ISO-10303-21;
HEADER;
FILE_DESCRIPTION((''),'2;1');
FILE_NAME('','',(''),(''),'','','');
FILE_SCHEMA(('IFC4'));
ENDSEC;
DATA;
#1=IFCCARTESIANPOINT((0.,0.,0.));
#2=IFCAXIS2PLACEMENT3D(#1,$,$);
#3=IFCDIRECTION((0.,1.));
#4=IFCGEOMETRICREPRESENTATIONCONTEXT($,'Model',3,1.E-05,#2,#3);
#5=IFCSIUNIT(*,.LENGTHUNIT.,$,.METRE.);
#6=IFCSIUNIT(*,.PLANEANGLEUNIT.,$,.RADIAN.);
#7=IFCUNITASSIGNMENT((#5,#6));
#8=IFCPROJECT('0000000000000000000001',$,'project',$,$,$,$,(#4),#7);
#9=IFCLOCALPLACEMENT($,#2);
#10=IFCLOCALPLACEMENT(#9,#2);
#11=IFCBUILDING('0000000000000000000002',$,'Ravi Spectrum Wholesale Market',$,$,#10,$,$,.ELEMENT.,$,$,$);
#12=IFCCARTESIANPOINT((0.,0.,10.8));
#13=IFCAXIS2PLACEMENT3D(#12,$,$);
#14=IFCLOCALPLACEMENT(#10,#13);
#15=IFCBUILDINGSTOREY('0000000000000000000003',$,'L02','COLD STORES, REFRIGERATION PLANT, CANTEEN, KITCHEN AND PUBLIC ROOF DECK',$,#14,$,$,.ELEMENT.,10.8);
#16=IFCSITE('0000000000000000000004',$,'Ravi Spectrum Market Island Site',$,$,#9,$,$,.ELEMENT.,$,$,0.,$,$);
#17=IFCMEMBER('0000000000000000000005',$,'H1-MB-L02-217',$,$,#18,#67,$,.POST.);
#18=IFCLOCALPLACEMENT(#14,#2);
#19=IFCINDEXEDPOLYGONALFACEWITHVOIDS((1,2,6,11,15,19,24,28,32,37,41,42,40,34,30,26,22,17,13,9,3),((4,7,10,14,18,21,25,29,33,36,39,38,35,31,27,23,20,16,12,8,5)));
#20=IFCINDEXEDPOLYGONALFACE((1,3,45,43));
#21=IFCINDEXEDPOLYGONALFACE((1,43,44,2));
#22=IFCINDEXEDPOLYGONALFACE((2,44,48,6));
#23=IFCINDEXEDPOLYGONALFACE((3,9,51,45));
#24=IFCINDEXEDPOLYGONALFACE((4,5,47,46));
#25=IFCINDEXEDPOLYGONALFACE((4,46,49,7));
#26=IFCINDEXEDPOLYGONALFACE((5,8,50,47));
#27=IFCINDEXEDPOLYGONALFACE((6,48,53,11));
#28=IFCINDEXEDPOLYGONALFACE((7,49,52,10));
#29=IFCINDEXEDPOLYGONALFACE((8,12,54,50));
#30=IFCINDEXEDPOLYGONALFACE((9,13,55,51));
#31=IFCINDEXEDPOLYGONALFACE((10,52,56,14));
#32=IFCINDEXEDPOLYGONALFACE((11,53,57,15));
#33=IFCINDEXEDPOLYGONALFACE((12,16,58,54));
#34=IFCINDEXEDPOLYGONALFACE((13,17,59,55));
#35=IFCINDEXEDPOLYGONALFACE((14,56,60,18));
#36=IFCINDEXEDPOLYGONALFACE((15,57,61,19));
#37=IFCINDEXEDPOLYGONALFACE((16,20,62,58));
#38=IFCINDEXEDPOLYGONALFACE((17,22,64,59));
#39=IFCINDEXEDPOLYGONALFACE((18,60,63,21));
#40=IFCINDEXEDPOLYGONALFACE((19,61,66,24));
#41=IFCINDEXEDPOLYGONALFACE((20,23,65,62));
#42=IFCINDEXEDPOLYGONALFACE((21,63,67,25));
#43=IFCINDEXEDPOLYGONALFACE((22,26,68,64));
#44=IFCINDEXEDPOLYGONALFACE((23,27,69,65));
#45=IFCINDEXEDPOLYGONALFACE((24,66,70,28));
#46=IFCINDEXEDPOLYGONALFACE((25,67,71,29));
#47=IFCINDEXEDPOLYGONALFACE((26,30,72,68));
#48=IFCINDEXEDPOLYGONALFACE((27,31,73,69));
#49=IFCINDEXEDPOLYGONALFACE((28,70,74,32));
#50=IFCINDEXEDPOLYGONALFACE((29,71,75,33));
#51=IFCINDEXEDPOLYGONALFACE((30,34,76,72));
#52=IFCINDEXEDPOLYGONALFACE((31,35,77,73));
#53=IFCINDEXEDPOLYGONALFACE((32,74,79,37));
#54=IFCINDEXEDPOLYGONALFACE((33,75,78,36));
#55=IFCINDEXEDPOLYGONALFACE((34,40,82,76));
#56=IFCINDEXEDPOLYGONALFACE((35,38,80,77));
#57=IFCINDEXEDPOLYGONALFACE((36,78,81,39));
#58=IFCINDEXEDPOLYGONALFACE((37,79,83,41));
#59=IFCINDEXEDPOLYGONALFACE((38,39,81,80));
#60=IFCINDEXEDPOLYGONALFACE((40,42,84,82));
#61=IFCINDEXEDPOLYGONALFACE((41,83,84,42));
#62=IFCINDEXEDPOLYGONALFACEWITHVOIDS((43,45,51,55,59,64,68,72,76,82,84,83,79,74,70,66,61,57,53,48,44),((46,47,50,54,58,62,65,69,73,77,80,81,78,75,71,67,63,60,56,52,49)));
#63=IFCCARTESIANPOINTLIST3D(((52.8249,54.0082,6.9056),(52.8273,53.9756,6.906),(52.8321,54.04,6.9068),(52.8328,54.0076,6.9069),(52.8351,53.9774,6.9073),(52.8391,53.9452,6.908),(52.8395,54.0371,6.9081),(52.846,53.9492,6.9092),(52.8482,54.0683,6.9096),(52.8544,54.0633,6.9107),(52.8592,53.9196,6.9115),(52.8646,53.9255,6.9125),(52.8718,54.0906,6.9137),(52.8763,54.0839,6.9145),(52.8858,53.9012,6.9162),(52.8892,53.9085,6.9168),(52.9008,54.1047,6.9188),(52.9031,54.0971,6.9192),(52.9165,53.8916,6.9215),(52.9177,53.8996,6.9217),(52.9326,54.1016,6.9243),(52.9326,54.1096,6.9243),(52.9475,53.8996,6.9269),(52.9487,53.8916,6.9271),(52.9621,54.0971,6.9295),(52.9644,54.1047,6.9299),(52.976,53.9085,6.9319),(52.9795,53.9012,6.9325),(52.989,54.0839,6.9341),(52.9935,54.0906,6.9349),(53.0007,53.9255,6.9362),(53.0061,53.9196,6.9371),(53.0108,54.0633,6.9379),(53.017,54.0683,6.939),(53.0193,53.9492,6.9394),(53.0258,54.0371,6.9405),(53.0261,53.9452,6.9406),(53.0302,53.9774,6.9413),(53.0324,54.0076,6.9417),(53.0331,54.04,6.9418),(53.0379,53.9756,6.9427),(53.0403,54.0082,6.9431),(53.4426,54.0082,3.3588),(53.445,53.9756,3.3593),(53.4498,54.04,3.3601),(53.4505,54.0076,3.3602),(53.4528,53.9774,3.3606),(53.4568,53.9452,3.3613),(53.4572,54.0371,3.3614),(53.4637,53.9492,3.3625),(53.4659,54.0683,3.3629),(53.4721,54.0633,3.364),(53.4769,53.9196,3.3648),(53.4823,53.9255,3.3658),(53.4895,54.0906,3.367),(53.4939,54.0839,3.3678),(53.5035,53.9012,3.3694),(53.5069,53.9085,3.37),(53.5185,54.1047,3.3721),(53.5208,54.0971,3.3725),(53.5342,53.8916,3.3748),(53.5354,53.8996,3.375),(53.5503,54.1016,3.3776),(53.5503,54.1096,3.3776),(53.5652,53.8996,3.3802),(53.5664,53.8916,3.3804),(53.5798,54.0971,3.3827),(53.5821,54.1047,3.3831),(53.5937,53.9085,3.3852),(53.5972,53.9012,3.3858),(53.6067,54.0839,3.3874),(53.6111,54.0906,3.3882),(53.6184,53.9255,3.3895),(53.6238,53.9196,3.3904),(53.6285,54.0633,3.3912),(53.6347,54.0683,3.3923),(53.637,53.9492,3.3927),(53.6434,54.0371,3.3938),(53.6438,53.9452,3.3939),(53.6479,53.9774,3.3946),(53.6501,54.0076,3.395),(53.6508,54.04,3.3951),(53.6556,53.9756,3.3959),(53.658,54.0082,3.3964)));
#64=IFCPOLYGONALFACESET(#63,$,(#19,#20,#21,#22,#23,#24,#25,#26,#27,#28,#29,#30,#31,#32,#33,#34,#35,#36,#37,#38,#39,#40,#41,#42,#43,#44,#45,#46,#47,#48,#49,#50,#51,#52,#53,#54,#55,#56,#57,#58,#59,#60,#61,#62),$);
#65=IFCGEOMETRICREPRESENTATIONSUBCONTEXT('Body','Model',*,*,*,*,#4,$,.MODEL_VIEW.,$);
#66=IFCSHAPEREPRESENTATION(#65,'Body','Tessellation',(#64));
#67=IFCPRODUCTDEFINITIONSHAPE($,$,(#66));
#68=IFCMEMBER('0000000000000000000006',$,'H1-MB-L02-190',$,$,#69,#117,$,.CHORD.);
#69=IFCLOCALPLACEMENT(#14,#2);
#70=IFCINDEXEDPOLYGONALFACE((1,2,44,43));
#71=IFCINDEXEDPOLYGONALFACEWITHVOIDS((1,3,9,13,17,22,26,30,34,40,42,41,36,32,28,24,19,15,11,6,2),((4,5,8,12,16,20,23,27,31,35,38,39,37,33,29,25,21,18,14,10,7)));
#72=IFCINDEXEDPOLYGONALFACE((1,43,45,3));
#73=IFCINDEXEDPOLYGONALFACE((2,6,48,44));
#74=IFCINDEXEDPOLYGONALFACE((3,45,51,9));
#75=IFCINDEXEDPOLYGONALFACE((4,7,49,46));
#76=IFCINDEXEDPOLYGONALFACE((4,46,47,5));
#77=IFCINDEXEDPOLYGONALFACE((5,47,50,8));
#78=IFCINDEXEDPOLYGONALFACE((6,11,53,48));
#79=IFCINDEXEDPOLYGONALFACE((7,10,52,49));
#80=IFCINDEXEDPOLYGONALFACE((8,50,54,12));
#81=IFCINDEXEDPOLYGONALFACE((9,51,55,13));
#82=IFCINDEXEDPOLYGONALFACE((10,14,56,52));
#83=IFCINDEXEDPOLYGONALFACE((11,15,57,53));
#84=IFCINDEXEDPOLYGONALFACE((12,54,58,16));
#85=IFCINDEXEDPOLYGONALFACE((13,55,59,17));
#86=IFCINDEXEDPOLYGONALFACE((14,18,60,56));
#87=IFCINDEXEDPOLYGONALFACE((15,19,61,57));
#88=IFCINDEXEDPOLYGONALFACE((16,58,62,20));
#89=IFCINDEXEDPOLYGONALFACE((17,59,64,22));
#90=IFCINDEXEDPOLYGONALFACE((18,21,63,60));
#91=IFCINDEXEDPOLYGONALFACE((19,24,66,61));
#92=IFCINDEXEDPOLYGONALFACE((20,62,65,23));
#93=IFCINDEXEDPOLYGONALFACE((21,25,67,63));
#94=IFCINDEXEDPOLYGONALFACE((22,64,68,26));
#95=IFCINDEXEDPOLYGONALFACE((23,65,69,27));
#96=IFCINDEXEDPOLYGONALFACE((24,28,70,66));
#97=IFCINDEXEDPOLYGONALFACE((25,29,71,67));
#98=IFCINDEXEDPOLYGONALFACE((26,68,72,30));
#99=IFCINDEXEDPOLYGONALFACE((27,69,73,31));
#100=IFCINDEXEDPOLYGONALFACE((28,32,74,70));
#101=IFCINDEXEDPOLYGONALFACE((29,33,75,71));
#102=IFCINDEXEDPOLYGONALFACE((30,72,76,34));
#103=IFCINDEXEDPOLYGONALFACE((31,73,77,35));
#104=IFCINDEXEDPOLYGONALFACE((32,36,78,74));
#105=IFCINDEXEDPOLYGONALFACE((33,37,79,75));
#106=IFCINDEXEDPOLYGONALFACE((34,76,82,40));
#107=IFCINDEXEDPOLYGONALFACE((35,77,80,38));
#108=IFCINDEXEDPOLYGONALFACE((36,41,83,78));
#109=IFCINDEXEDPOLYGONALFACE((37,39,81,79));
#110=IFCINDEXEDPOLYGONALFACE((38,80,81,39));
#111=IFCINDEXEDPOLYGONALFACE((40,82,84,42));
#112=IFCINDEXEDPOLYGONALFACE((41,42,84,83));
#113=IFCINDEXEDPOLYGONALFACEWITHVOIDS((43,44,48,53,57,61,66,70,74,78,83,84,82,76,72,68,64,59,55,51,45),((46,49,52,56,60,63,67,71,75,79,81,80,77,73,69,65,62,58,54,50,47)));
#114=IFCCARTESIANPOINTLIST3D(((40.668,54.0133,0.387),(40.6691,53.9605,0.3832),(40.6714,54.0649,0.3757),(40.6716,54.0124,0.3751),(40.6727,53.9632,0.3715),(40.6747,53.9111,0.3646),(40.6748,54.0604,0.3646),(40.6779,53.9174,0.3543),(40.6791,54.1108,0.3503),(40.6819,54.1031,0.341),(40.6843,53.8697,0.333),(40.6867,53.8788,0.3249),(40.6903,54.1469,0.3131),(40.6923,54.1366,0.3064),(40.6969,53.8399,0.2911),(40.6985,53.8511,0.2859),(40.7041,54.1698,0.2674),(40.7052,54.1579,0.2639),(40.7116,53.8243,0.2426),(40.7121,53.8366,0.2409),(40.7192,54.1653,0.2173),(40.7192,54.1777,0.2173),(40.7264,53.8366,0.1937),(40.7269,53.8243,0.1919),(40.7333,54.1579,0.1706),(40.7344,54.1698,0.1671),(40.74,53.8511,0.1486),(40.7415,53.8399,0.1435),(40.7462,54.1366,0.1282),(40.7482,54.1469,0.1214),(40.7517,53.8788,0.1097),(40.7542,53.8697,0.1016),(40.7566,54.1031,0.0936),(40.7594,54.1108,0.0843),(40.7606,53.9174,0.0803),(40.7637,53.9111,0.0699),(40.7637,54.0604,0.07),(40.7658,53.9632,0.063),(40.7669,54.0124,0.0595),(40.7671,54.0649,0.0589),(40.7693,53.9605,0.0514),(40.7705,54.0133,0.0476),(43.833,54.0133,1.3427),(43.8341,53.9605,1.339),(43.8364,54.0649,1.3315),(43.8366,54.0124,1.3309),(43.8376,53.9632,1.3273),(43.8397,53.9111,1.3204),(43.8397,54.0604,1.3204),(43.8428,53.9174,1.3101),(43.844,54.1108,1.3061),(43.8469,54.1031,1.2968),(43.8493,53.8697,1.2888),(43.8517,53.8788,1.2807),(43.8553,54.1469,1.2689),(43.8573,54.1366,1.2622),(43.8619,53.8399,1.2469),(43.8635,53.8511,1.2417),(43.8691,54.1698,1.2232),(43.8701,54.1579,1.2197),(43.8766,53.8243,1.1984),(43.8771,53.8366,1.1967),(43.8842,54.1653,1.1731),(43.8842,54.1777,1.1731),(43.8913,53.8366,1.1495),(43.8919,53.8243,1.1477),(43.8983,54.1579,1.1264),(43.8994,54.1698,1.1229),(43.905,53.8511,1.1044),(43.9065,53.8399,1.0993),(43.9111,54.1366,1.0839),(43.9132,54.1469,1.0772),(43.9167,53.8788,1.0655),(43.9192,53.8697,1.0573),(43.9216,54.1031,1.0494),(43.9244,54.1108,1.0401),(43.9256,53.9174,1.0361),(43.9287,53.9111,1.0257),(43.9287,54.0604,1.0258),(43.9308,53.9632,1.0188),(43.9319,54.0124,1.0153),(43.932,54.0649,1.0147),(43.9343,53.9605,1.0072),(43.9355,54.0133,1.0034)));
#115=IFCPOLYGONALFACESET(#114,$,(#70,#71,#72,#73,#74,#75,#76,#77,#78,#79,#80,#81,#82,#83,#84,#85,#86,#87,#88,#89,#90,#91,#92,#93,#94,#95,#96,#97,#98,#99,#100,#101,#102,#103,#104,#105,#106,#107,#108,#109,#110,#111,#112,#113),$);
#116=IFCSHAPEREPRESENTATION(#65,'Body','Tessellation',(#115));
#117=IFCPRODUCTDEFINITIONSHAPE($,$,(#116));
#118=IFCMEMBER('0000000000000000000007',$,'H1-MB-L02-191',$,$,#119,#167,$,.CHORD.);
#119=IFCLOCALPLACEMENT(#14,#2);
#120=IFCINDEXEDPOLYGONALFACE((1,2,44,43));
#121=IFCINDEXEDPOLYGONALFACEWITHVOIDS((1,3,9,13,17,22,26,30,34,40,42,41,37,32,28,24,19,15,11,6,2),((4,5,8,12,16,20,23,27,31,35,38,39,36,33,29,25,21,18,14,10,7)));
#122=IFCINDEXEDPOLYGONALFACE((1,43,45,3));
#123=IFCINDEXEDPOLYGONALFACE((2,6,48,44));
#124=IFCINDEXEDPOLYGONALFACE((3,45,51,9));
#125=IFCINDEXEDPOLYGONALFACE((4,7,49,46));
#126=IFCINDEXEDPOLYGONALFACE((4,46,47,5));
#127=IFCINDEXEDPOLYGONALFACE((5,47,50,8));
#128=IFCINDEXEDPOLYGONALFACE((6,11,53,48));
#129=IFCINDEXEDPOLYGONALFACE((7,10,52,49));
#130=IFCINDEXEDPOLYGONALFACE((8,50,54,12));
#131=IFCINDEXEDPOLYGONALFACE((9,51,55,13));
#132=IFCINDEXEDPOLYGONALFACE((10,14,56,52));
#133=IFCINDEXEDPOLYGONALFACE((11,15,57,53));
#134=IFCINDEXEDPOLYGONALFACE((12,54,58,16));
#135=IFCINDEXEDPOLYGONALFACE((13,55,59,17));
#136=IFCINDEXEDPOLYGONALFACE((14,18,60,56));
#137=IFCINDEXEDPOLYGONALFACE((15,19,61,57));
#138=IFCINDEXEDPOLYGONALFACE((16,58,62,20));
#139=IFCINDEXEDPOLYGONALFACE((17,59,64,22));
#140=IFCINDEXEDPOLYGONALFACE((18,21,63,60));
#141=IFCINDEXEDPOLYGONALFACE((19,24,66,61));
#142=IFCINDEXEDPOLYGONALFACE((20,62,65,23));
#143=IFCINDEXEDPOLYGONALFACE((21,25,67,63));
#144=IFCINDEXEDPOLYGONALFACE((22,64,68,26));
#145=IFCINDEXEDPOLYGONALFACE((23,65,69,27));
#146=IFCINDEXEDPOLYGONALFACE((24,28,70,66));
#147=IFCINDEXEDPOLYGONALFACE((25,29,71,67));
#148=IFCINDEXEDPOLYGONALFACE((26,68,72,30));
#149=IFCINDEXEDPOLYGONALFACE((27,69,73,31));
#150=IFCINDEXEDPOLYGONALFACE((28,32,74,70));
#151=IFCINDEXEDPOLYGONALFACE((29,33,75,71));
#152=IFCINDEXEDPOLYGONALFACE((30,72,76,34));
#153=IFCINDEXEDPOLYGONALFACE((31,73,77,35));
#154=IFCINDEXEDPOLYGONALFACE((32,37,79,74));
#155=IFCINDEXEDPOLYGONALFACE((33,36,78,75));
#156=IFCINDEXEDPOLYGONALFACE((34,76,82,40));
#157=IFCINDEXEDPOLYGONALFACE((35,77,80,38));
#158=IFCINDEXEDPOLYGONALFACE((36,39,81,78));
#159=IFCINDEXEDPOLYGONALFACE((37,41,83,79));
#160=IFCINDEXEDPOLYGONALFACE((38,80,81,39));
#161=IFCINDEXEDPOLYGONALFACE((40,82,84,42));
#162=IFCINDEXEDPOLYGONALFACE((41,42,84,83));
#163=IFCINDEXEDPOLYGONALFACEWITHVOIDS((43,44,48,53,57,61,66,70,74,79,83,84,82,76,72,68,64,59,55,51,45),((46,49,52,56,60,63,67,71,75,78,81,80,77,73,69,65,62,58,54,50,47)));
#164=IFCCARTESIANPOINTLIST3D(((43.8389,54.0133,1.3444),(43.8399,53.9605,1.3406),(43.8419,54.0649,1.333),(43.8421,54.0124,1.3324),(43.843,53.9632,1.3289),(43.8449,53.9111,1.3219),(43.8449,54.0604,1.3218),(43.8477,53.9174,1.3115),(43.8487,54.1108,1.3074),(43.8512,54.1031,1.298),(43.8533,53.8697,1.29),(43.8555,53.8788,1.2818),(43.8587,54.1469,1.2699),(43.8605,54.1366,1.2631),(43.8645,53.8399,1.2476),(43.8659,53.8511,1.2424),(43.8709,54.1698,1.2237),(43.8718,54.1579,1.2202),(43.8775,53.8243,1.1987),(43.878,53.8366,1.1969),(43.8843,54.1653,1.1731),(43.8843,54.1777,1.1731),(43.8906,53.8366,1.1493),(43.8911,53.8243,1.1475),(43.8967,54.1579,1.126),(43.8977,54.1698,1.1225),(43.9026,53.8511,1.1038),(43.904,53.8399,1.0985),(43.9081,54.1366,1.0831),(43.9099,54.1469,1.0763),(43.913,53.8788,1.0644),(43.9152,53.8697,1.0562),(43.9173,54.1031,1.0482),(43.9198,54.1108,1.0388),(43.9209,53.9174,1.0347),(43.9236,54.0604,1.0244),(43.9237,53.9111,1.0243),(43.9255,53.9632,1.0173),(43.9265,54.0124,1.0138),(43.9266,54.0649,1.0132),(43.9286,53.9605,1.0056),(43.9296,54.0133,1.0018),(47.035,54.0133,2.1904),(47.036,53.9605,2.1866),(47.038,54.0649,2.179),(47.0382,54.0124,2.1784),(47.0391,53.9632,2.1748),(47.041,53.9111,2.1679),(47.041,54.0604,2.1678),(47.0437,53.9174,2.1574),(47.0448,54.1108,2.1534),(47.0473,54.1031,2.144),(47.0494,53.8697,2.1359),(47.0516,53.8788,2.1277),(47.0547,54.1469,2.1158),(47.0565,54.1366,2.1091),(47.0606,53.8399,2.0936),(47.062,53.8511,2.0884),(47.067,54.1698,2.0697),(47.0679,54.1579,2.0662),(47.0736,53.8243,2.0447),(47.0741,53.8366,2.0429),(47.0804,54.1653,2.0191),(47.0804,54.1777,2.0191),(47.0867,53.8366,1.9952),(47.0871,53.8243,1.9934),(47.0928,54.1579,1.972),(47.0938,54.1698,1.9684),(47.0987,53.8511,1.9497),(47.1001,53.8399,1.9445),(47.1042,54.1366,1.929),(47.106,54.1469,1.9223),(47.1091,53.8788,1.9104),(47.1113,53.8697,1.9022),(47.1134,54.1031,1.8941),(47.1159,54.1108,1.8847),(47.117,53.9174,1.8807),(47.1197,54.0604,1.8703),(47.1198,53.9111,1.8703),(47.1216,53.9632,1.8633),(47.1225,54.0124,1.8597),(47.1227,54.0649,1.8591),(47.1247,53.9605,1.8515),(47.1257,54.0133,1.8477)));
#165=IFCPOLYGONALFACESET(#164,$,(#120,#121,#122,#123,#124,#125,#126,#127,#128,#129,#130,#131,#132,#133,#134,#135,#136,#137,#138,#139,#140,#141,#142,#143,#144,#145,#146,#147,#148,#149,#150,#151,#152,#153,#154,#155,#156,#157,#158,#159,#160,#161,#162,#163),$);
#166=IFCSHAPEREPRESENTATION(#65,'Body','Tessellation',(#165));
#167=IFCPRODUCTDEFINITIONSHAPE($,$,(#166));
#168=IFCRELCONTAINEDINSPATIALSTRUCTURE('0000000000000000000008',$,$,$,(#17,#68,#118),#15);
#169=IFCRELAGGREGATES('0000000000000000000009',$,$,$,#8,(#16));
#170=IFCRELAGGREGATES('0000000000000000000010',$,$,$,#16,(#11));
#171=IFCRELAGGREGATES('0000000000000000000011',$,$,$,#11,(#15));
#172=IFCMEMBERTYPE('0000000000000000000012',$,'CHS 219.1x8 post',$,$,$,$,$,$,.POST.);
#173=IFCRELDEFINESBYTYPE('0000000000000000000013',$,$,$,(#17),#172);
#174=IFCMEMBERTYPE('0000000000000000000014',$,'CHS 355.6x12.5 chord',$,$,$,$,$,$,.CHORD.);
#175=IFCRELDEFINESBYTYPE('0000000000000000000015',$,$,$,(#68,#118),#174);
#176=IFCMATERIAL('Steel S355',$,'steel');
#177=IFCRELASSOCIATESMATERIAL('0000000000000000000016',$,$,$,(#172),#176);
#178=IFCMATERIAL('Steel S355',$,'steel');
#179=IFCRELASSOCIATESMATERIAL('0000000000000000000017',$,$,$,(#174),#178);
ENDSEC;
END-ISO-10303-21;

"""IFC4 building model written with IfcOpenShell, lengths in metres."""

from ifc_helpers import new_model, si_unit, direction, frame, origin, origin_2d, place, context, subcontext, project, spatial, hollow_circle, extrude, material, material_profile, profile_set, type_object, element, save


model = new_model("IFC4")

# Units and contexts
model_context = context("Model", 3, precision=1e-05, world=origin(), true_north=direction((0.0, 1.0)))
body_context = subcontext(model_context, "Body", "Model", "MODEL_VIEW")
ifc_project = project(units=[si_unit("LENGTHUNIT", "METRE"), si_unit("PLANEANGLEUNIT", "RADIAN")], contexts=[model_context])

# Site, building, storey
site_placement = place(None, origin())
site = spatial("IfcSite", under=ifc_project, at=site_placement, Name="Ravi Spectrum Market Island Site", CompositionType="ELEMENT", RefElevation=0.0)
building_placement = place(site_placement, origin())
building = spatial("IfcBuilding", under=site, at=building_placement, Name="Ravi Spectrum Wholesale Market", CompositionType="ELEMENT")
storey_placement = place(building_placement, frame((0.0, 0.0, 10.8)))
storey = spatial("IfcBuildingStorey", under=building, at=storey_placement, Name="L02", Description="COLD STORES, REFRIGERATION PLANT, CANTEEN, KITCHEN AND PUBLIC ROOF DECK", CompositionType="ELEMENT", Elevation=10.8)

# Members
ifc_material_1 = material(Name="Steel S355", Category="steel")
ifc_material_profile_1 = material_profile(ifc_material_1, hollow_circle(Radius=0.1096, WallThickness=0.0081, at=origin_2d()))
ifc_profile_set_1 = profile_set([ifc_material_profile_1], Name="Steel S355")
member_type_1 = type_object("IfcMemberType", Name="CHS 219.1x8 post", PredefinedType="POST", material=ifc_profile_set_1)
for number, where, z_axis, x_axis, name in (
    (1, (52.9326, 54.0, 6.9243), (0.171576, 0.0, -0.985171), (0.0, 1.0, 0.0), "H1-MB-L02-217"),
):
    element("IfcMember", number, at=place(storey_placement, frame(where, z_axis=z_axis, x_axis=x_axis)), inside=storey, type_object=member_type_1, Name=name, PredefinedType="POST", context=body_context, shape_type="SweptSolid", body=[
        extrude(hollow_circle(Radius=0.1096, WallThickness=0.0081, at=origin_2d()), origin(), (0.0, 0.0, 1.0), 3.6001),
    ])
ifc_material_2 = material(Name="Steel S355", Category="steel")
ifc_material_profile_2 = material_profile(ifc_material_2, hollow_circle(Radius=0.1777, WallThickness=0.0125, at=origin_2d()))
ifc_profile_set_2 = profile_set([ifc_material_profile_2], Name="Steel S355")
member_type_2 = type_object("IfcMemberType", Name="CHS 355.6x12.5 chord", PredefinedType="CHORD", material=ifc_profile_set_2)
for number, where, z_axis, x_axis, name in (
    (2, (40.7192, 54.0, 0.2173), (0.9573, 0.0, 0.289095), (0.0, 1.0, 0.0), "H1-MB-L02-190"),
    (3, (43.8843, 54.0, 1.1731), (0.96671, 0.0, 0.255874), (0.0, 1.0, 0.0), "H1-MB-L02-191"),
):
    element("IfcMember", number, at=place(storey_placement, frame(where, z_axis=z_axis, x_axis=x_axis)), inside=storey, type_object=member_type_2, Name=name, PredefinedType="CHORD", context=body_context, shape_type="SweptSolid", body=[
        extrude(hollow_circle(Radius=0.1777, WallThickness=0.0125, at=origin_2d()), origin(), (0.0, 0.0, 1.0), 3.3062),
    ])

save(model, "model.ifc")
